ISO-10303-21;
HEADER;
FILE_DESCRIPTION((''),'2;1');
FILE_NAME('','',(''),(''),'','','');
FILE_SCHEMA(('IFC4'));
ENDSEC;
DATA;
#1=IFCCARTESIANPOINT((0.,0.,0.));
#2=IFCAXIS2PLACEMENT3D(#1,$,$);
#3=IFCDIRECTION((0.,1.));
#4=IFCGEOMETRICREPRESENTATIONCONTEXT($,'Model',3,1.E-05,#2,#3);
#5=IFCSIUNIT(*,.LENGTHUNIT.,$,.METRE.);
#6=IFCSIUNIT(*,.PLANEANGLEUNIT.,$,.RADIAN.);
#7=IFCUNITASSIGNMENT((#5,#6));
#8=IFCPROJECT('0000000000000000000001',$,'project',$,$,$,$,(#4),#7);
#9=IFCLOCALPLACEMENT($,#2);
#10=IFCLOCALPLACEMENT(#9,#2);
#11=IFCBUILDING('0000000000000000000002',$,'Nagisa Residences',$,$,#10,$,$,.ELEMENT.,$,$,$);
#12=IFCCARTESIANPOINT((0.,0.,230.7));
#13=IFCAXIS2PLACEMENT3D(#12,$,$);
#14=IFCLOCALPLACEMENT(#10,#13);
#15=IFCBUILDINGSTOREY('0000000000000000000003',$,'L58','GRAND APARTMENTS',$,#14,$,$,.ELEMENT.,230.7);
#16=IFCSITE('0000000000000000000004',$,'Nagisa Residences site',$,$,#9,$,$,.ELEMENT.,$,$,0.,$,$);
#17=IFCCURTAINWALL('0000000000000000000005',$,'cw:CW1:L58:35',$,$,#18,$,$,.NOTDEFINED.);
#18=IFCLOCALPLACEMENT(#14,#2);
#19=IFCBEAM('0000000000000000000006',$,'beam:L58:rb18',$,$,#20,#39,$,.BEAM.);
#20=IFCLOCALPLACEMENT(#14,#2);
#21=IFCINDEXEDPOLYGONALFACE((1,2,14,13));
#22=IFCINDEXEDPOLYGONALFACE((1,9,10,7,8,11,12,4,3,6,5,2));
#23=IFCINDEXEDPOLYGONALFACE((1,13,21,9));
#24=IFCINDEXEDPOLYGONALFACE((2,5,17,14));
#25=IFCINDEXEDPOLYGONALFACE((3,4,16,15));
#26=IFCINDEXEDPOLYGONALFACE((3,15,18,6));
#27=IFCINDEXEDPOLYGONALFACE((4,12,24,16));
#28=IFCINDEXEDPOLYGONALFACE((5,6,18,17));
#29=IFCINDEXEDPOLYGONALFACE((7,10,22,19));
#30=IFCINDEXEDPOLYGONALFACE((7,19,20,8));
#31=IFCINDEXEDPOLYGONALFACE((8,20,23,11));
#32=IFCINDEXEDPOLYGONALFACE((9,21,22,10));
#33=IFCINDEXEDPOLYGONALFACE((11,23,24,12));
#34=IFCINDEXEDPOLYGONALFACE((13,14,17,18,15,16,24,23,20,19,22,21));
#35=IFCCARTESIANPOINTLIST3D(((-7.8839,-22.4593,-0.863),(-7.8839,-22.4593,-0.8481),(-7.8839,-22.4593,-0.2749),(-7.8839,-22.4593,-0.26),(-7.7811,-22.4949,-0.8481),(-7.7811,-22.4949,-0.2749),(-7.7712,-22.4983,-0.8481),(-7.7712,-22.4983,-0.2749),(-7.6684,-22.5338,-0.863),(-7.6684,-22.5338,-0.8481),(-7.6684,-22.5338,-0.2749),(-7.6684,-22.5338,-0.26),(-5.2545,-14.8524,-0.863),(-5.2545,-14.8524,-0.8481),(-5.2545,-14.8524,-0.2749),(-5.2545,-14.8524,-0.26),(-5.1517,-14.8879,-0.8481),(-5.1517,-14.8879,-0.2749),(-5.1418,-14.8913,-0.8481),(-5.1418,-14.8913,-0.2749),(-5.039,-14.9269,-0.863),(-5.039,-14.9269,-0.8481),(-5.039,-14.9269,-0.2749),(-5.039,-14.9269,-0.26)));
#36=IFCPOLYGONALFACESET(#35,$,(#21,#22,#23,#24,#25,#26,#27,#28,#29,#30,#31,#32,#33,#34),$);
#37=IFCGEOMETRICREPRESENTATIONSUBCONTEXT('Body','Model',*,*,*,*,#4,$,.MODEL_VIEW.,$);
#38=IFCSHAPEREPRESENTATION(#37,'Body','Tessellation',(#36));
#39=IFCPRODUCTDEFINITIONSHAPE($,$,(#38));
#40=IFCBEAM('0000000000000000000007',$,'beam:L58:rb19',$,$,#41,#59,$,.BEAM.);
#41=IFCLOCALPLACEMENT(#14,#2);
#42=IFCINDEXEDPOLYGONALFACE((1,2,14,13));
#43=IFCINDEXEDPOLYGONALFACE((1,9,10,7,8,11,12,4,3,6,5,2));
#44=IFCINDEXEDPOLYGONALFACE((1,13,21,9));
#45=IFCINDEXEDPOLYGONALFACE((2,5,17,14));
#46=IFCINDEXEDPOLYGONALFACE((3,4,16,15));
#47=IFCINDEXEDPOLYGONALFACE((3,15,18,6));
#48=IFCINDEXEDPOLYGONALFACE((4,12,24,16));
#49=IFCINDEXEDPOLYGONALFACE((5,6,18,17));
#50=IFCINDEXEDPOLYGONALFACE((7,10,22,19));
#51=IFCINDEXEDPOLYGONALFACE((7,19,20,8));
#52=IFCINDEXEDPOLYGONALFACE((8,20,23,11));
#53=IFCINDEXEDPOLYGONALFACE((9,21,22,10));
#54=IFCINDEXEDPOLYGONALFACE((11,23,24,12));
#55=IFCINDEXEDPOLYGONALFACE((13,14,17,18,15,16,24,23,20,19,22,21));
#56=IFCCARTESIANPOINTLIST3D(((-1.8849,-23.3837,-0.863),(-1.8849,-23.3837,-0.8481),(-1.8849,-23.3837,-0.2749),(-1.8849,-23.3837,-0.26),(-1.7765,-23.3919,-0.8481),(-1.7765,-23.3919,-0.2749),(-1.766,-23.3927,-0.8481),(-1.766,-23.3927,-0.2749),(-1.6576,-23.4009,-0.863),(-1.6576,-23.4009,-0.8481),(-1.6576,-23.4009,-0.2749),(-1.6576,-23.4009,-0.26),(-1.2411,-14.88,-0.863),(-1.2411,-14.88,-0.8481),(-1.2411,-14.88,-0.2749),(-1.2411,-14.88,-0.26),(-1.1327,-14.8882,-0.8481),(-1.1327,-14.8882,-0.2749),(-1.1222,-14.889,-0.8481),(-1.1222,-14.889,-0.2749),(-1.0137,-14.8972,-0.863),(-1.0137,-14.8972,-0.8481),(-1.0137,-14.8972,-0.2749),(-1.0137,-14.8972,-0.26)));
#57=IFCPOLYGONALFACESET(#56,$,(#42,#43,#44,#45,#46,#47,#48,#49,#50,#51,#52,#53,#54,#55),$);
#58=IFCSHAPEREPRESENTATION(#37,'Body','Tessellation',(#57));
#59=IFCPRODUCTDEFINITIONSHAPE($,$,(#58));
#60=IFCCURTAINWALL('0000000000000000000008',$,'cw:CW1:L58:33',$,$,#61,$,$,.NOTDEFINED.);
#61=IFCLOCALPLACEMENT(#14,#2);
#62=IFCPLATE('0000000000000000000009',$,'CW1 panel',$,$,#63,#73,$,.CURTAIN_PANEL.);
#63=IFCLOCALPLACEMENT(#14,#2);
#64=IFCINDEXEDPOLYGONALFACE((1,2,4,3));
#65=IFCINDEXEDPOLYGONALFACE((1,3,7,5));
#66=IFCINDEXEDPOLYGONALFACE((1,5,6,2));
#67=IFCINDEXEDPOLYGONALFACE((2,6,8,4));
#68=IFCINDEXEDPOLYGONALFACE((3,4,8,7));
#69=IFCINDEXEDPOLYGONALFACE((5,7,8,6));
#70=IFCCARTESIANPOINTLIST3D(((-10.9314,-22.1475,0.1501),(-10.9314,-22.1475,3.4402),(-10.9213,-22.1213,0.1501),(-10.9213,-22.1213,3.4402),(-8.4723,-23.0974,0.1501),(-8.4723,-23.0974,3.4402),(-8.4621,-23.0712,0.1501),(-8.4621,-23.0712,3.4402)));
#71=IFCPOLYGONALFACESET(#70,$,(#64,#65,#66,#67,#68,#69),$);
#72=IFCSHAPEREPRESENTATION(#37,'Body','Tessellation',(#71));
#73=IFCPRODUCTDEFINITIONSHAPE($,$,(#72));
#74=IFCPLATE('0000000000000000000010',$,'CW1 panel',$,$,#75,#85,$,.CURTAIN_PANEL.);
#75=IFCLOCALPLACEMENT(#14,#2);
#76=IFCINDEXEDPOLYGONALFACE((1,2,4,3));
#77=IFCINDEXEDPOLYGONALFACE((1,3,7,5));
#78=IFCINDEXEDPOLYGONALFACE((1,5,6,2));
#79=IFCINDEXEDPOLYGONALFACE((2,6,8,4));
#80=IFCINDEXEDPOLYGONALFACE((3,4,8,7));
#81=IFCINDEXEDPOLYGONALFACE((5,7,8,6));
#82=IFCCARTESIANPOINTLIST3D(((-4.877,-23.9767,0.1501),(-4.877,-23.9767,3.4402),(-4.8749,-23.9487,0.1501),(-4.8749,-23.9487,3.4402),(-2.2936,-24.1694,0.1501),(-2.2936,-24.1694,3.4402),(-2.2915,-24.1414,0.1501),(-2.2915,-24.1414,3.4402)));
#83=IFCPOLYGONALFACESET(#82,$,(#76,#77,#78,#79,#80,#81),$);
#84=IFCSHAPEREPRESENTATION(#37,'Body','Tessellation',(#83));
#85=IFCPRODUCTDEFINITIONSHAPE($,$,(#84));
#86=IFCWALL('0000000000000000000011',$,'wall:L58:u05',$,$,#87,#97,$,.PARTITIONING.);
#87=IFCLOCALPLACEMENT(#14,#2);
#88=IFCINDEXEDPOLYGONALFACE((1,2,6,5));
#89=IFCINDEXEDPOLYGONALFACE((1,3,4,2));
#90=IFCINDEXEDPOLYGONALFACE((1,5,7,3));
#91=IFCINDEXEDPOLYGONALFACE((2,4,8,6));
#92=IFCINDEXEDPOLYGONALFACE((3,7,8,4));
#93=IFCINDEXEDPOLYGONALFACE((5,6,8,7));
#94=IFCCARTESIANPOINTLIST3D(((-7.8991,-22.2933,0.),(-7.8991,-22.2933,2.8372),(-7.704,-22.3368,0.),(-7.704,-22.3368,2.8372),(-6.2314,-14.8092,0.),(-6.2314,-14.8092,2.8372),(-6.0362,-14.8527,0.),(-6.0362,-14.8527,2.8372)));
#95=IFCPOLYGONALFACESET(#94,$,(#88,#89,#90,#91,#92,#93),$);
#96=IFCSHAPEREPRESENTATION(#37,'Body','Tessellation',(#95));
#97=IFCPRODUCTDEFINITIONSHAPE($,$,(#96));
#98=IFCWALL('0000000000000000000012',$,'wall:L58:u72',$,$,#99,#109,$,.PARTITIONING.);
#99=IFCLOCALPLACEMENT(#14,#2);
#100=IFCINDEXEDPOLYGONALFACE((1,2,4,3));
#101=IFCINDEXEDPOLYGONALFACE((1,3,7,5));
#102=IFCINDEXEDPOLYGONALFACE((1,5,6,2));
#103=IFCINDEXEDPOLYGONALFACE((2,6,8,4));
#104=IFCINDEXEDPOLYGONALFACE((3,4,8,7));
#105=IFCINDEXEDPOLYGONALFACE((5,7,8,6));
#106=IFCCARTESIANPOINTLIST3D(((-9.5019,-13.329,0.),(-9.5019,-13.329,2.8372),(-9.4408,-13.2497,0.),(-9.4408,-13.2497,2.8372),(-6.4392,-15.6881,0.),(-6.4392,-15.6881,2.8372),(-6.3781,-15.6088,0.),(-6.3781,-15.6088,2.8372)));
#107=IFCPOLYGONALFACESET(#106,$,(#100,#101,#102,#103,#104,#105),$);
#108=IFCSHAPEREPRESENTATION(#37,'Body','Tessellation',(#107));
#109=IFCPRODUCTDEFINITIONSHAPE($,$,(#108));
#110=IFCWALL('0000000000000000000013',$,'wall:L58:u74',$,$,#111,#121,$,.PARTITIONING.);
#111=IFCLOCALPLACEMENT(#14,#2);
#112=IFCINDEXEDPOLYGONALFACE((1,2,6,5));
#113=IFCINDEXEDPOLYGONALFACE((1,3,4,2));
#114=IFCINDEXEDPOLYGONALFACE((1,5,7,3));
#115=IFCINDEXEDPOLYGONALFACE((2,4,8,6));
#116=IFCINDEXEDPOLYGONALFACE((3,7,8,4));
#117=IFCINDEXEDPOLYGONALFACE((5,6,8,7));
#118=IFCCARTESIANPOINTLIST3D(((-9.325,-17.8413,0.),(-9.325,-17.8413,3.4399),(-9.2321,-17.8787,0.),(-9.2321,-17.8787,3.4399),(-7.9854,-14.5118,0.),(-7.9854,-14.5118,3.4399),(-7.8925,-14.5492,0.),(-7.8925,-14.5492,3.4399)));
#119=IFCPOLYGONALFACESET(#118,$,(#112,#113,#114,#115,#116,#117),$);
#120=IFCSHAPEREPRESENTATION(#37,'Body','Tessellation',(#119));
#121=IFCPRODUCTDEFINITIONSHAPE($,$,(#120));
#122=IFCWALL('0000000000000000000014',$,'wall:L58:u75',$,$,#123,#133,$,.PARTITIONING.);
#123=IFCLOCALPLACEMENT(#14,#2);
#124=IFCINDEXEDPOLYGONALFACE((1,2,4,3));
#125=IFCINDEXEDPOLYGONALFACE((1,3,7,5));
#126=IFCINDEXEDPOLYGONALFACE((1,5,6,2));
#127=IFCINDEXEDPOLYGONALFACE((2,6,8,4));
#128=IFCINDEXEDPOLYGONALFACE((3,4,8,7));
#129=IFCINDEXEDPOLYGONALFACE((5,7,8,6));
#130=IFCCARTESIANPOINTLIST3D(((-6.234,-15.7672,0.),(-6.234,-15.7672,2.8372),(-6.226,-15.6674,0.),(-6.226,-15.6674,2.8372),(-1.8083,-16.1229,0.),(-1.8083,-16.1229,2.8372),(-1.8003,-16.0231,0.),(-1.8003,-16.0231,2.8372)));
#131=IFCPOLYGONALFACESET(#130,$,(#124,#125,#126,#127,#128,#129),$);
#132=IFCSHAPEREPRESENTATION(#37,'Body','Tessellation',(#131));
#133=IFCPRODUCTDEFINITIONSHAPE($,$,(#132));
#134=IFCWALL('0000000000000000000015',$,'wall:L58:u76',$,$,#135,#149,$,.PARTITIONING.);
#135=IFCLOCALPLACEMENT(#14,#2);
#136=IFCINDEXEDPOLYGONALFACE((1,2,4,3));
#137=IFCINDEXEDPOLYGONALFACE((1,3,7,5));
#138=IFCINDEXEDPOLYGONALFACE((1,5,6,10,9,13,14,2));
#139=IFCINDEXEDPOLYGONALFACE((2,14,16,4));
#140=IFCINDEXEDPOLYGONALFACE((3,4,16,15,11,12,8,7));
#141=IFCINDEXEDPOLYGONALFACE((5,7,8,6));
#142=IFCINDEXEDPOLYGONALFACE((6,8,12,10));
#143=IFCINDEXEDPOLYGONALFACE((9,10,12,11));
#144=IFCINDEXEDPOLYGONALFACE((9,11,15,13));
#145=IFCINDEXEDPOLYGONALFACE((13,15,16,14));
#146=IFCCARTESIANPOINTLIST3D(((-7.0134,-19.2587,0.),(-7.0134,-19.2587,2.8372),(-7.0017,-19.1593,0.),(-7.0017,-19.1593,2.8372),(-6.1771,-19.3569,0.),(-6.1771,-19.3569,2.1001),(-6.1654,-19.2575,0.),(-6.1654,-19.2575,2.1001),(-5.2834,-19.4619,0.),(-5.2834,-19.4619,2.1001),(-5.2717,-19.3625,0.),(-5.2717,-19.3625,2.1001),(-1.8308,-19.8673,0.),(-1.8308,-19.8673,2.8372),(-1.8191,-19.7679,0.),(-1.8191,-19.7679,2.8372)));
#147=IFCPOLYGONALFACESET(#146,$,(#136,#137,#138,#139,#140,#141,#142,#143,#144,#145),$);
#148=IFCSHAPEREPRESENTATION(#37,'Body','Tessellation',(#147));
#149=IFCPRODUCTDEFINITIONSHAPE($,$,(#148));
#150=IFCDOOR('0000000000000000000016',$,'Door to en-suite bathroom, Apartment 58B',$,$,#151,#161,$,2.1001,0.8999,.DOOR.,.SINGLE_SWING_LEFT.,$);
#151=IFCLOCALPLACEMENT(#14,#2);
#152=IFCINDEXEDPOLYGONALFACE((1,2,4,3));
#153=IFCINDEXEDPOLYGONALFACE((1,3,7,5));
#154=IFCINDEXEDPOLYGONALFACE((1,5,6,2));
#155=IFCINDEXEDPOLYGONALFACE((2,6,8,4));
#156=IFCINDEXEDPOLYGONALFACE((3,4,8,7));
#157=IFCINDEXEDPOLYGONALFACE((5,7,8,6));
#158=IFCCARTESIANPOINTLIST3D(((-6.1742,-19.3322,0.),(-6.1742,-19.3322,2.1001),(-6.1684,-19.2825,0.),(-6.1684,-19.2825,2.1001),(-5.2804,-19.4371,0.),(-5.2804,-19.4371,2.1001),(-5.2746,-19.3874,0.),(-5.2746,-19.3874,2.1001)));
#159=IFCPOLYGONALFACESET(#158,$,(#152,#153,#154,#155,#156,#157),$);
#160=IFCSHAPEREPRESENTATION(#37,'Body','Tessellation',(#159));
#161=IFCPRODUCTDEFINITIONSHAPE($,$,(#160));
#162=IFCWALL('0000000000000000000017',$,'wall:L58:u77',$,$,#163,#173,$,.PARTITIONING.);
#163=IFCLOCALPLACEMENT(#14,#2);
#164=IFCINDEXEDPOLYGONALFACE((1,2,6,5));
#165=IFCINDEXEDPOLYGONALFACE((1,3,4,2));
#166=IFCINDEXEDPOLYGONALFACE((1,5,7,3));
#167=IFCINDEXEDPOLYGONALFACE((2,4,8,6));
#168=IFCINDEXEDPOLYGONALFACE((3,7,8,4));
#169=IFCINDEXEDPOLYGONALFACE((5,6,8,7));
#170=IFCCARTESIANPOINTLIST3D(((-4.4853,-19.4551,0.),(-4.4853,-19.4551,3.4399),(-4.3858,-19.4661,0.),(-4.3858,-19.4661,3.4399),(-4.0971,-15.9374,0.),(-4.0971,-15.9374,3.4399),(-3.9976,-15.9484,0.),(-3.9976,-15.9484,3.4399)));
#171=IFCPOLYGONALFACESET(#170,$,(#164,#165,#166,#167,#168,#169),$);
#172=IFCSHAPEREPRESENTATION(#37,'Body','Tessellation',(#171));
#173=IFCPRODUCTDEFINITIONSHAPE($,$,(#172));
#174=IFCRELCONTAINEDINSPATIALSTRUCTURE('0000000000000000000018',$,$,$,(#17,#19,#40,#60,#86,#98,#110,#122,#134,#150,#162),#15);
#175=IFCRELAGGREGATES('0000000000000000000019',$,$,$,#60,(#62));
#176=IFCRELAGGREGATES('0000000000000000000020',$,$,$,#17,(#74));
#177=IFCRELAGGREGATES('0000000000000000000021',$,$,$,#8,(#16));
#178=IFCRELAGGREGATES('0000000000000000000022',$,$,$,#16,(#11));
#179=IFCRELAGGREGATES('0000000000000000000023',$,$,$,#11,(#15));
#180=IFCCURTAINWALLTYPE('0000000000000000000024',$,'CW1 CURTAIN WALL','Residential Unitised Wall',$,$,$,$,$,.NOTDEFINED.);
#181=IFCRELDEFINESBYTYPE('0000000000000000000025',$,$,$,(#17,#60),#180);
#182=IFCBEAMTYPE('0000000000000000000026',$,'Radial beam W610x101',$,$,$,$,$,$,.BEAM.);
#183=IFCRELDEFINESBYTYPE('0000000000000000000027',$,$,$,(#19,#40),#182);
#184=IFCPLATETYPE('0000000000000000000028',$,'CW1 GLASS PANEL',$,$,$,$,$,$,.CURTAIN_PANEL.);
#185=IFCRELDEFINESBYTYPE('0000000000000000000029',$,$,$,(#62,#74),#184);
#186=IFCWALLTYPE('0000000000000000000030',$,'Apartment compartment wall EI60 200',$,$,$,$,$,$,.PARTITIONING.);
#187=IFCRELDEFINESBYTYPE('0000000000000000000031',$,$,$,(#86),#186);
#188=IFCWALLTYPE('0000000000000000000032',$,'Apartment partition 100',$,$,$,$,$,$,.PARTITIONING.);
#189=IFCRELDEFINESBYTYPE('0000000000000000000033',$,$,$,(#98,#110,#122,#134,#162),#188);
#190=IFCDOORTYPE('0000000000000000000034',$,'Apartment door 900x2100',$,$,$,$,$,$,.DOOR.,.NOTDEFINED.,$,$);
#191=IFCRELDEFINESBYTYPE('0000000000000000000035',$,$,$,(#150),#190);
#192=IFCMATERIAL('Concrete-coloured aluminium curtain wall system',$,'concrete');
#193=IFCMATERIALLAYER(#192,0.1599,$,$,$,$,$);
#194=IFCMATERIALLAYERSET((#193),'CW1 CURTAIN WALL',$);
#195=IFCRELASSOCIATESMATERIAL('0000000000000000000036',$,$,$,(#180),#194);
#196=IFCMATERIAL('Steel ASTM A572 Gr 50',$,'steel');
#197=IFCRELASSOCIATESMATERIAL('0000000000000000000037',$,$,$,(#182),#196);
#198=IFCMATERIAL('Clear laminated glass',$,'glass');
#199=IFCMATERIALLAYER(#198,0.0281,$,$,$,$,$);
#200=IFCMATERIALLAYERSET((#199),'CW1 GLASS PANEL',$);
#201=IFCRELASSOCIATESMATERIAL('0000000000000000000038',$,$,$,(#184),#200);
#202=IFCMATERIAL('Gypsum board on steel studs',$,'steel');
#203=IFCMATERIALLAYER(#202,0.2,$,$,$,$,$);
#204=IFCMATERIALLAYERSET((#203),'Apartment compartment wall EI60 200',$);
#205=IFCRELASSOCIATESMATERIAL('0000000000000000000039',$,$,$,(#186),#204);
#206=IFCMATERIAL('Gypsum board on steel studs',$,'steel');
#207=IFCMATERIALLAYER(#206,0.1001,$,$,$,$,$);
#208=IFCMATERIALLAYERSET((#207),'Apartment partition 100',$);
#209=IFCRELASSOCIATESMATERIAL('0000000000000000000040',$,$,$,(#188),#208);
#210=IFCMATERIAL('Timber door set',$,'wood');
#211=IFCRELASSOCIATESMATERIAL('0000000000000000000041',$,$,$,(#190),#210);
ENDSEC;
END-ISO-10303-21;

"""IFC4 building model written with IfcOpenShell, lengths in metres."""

from ifc_helpers import new_model, si_unit, direction, frame, frame_2d, origin, origin_2d, place, context, subcontext, project, spatial, rectangle, i_section, extrude, material, layer, layer_set, material_profile, profile_set, type_object, element, fill, aggregate, save


model = new_model("IFC4")

# Units and contexts
model_context = context("Model", 3, precision=1e-05, world=origin(), true_north=direction((0.0, 1.0)))
body_context = subcontext(model_context, "Body", "Model", "MODEL_VIEW")
ifc_project = project(units=[si_unit("LENGTHUNIT", "METRE"), si_unit("PLANEANGLEUNIT", "RADIAN")], contexts=[model_context])

# Site, building, storey
site_placement = place(None, origin())
site = spatial("IfcSite", under=ifc_project, at=site_placement, Name="Nagisa Residences site", CompositionType="ELEMENT", RefElevation=0.0)
building_placement = place(site_placement, origin())
building = spatial("IfcBuilding", under=site, at=building_placement, Name="Nagisa Residences", CompositionType="ELEMENT")
storey_placement = place(building_placement, frame((0.0, 0.0, 230.7)))
storey = spatial("IfcBuildingStorey", under=building, at=storey_placement, Name="L58", Description="GRAND APARTMENTS", CompositionType="ELEMENT", Elevation=230.7)

# Curtain wall
ifc_material_1 = material(Name="Concrete-coloured aluminium curtain wall system", Category="concrete")
ifc_layer_1 = layer(ifc_material_1, 0.1599)
ifc_layer_set_1 = layer_set([ifc_layer_1], Name="CW1 CURTAIN WALL")
curtain_wall_type = type_object("IfcCurtainWallType", Name="CW1 CURTAIN WALL", Description="Residential Unitised Wall", PredefinedType="NOTDEFINED", material=ifc_layer_set_1)
curtain_wall_1_placement = place(storey_placement, origin())
curtain_wall_1 = element("IfcCurtainWall", 1, at=curtain_wall_1_placement, inside=storey, type_object=curtain_wall_type, Name="cw:CW1:L58:35", PredefinedType="NOTDEFINED")

# Beams
ifc_material_2 = material(Name="Steel ASTM A572 Gr 50", Category="steel")
ifc_material_profile_1 = material_profile(ifc_material_2, i_section(OverallWidth=0.228, OverallDepth=0.603, WebThickness=0.0105, FlangeThickness=0.0149, at=origin_2d()), Name="W610x101")
ifc_profile_set_1 = profile_set([ifc_material_profile_1], Name="Steel ASTM A572 Gr 50")
beam_type_1 = type_object("IfcBeamType", Name="Radial beam W610x101", PredefinedType="BEAM", material=ifc_profile_set_1)
beam_1_placement = place(storey_placement, frame((-7.7761, -22.4966, -0.5615), z_axis=(0.326692, 0.945131, 0.0), x_axis=(-0.945131, 0.326692, 0.0)))
element("IfcBeam", 2, at=beam_1_placement, inside=storey, type_object=beam_type_1, Name="beam:L58:rb18", PredefinedType="BEAM", context=body_context, shape_type="SweptSolid", body=[
    extrude(i_section(OverallWidth=0.228, OverallDepth=0.603, WebThickness=0.0105, FlangeThickness=0.0149, at=origin_2d()), origin(), (0.0, 0.0, 1.0), 8.0486),
])
beam_2_placement = place(storey_placement, frame((-1.7712, -23.3923, -0.5615), z_axis=(0.075492, 0.997146, 0.0), x_axis=(-0.997146, 0.075492, 0.0)))
element("IfcBeam", 3, at=beam_2_placement, inside=storey, type_object=beam_type_1, Name="beam:L58:rb19", PredefinedType="BEAM", context=body_context, shape_type="SweptSolid", body=[
    extrude(i_section(OverallWidth=0.228, OverallDepth=0.603, WebThickness=0.0105, FlangeThickness=0.0149, at=origin_2d()), origin(), (0.0, 0.0, 1.0), 8.5281),
])

# Curtain wall, plate
curtain_wall_2_placement = place(storey_placement, origin())
curtain_wall_2 = element("IfcCurtainWall", 4, at=curtain_wall_2_placement, inside=storey, type_object=curtain_wall_type, Name="cw:CW1:L58:33", PredefinedType="NOTDEFINED")
ifc_material_3 = material(Name="Clear laminated glass", Category="glass")
ifc_layer_2 = layer(ifc_material_3, 0.0281)
ifc_layer_set_2 = layer_set([ifc_layer_2], Name="CW1 GLASS PANEL")
plate_type = type_object("IfcPlateType", Name="CW1 GLASS PANEL", PredefinedType="CURTAIN_PANEL", material=ifc_layer_set_2)
plate_1_placement = place(storey_placement, frame((-9.6968, -22.6094, 0.1501), z_axis=(0.0, 0.0, 1.0), x_axis=(0.932826, -0.360328, 0.0)))
plate_1 = element("IfcPlate", 5, at=plate_1_placement, type_object=plate_type, Name="CW1 panel", PredefinedType="CURTAIN_PANEL", context=body_context, shape_type="SweptSolid", body=[
    extrude(rectangle(XDim=2.6362, YDim=0.0281, at=origin_2d()), origin(), (0.0, 0.0, 1.0), 3.29),
])
aggregate(curtain_wall_2, [plate_1])

# Plate
plate_2_placement = place(storey_placement, frame((-3.5842, -24.0591, 0.1501), z_axis=(0.0, 0.0, 1.0), x_axis=(0.99723, -0.074377, 0.0)))
plate_2 = element("IfcPlate", 6, at=plate_2_placement, type_object=plate_type, Name="CW1 panel", PredefinedType="CURTAIN_PANEL", context=body_context, shape_type="SweptSolid", body=[
    extrude(rectangle(XDim=2.5906, YDim=0.0281, at=origin_2d()), origin(), (0.0, 0.0, 1.0), 3.29),
])
aggregate(curtain_wall_1, [plate_2])

# Walls
ifc_material_4 = material(Name="Gypsum board on steel studs", Category="steel")
ifc_layer_3 = layer(ifc_material_4, 0.2)
ifc_layer_set_3 = layer_set([ifc_layer_3], Name="Apartment compartment wall EI60 200")
wall_type_1 = type_object("IfcWallType", Name="Apartment compartment wall EI60 200", PredefinedType="PARTITIONING", material=ifc_layer_set_3)
wall_1_placement = place(storey_placement, frame((-6.1338, -14.8308, 0.0), z_axis=(0.0, 0.0, 1.0), x_axis=(-0.2175, -0.97606, 0.0)))
element("IfcWall", 7, at=wall_1_placement, inside=storey, type_object=wall_type_1, Name="wall:L58:u05", PredefinedType="PARTITIONING", context=body_context, shape_type="SweptSolid", body=[
    extrude(rectangle(XDim=7.6677, YDim=0.2, at=frame_2d((3.834, 0.0))), origin(), (0.0, 0.0, 1.0), 2.8372),
])
ifc_material_5 = material(Name="Gypsum board on steel studs", Category="steel")
ifc_layer_4 = layer(ifc_material_5, 0.1001)
ifc_layer_set_4 = layer_set([ifc_layer_4], Name="Apartment partition 100")
wall_type_2 = type_object("IfcWallType", Name="Apartment partition 100", PredefinedType="PARTITIONING", material=ifc_layer_set_4)
wall_2_placement = place(storey_placement, frame((-9.4714, -13.2893, 0.0), z_axis=(0.0, 0.0, 1.0), x_axis=(0.792227, -0.610226, 0.0)))
element("IfcWall", 8, at=wall_2_placement, inside=storey, type_object=wall_type_2, Name="wall:L58:u72", PredefinedType="PARTITIONING", context=body_context, shape_type="SweptSolid", body=[
    extrude(rectangle(XDim=3.866, YDim=0.1001, at=frame_2d((1.9331, 0.0))), origin(), (0.0, 0.0, 1.0), 2.8372),
])
wall_3_placement = place(storey_placement, frame((-7.939, -14.5305, 0.0), z_axis=(0.0, 0.0, 1.0), x_axis=(-0.373255, -0.927729, 0.0)))
element("IfcWall", 9, at=wall_3_placement, inside=storey, type_object=wall_type_2, Name="wall:L58:u74", PredefinedType="PARTITIONING", context=body_context, shape_type="SweptSolid", body=[
    extrude(rectangle(XDim=3.5889, YDim=0.1001, at=frame_2d((1.7944, 0.0))), origin(), (0.0, 0.0, 1.0), 3.4399),
])
wall_4_placement = place(storey_placement, frame((-6.23, -15.7173, 0.0), z_axis=(0.0, 0.0, 1.0), x_axis=(0.996786, -0.080115, 0.0)))
element("IfcWall", 10, at=wall_4_placement, inside=storey, type_object=wall_type_2, Name="wall:L58:u75", PredefinedType="PARTITIONING", context=body_context, shape_type="SweptSolid", body=[
    extrude(rectangle(XDim=4.4399, YDim=0.1001, at=frame_2d((2.22, 0.0))), origin(), (0.0, 0.0, 1.0), 2.8372),
])

# Wall, opening, door
wall_5_placement = place(storey_placement, frame((-7.0076, -19.209, 0.0), z_axis=(0.0, 0.0, 1.0), x_axis=(0.993175, -0.116638, 0.0)))
wall_5 = element("IfcWall", 11, at=wall_5_placement, inside=storey, type_object=wall_type_2, Name="wall:L58:u76", PredefinedType="PARTITIONING", context=body_context, shape_type="SweptSolid", body=[
    extrude(rectangle(XDim=5.2183, YDim=0.1001, at=frame_2d((2.6091, 0.0))), origin(), (0.0, 0.0, 1.0), 2.8372),
])
opening_1_placement = place(wall_5_placement, frame((0.842, 0.0, 0.0)))
opening_1 = element("IfcOpeningElement", 12, at=opening_1_placement, cuts=wall_5, PredefinedType="OPENING", context=body_context, shape_type="SweptSolid", body=[
    extrude(rectangle(XDim=0.8999, YDim=2.1001, at=frame_2d((0.45, 1.05))), frame((0.0, 0.0601, 0.0), z_axis=(0.0, -1.0, 0.0), x_axis=(1.0, 0.0, 0.0)), (0.0, 0.0, 1.0), 0.1201),
])
ifc_material_6 = material(Name="Timber door set", Category="wood")
door_type_1 = type_object("IfcDoorType", Name="Apartment door 900x2100", OperationType="NOTDEFINED", PredefinedType="DOOR", material=ifc_material_6)
door_1_placement = place(opening_1_placement, origin())
door_1 = element("IfcDoor", 13, at=door_1_placement, inside=storey, type_object=door_type_1, Name="Door to en-suite bathroom, Apartment 58B", OperationType="SINGLE_SWING_LEFT", OverallHeight=2.1001, OverallWidth=0.8999, PredefinedType="DOOR", context=body_context, shape_type="SweptSolid", body=[
    extrude(rectangle(XDim=0.8999, YDim=2.1001, at=frame_2d((0.45, 1.05))), frame((0.0, 0.0249, 0.0), z_axis=(0.0, -1.0, 0.0), x_axis=(1.0, 0.0, 0.0)), (0.0, 0.0, 1.0), 0.05),
])
fill(opening_1, door_1)

# Wall
wall_6_placement = place(storey_placement, frame((-4.0474, -15.9429, 0.0), z_axis=(0.0, 0.0, 1.0), x_axis=(-0.109682, -0.993967, 0.0)))
element("IfcWall", 14, at=wall_6_placement, inside=storey, type_object=wall_type_2, Name="wall:L58:u77", PredefinedType="PARTITIONING", context=body_context, shape_type="SweptSolid", body=[
    extrude(rectangle(XDim=3.5391, YDim=0.1001, at=frame_2d((1.7695, 0.0))), origin(), (0.0, 0.0, 1.0), 3.4399),
])

save(model, "model.ifc")
